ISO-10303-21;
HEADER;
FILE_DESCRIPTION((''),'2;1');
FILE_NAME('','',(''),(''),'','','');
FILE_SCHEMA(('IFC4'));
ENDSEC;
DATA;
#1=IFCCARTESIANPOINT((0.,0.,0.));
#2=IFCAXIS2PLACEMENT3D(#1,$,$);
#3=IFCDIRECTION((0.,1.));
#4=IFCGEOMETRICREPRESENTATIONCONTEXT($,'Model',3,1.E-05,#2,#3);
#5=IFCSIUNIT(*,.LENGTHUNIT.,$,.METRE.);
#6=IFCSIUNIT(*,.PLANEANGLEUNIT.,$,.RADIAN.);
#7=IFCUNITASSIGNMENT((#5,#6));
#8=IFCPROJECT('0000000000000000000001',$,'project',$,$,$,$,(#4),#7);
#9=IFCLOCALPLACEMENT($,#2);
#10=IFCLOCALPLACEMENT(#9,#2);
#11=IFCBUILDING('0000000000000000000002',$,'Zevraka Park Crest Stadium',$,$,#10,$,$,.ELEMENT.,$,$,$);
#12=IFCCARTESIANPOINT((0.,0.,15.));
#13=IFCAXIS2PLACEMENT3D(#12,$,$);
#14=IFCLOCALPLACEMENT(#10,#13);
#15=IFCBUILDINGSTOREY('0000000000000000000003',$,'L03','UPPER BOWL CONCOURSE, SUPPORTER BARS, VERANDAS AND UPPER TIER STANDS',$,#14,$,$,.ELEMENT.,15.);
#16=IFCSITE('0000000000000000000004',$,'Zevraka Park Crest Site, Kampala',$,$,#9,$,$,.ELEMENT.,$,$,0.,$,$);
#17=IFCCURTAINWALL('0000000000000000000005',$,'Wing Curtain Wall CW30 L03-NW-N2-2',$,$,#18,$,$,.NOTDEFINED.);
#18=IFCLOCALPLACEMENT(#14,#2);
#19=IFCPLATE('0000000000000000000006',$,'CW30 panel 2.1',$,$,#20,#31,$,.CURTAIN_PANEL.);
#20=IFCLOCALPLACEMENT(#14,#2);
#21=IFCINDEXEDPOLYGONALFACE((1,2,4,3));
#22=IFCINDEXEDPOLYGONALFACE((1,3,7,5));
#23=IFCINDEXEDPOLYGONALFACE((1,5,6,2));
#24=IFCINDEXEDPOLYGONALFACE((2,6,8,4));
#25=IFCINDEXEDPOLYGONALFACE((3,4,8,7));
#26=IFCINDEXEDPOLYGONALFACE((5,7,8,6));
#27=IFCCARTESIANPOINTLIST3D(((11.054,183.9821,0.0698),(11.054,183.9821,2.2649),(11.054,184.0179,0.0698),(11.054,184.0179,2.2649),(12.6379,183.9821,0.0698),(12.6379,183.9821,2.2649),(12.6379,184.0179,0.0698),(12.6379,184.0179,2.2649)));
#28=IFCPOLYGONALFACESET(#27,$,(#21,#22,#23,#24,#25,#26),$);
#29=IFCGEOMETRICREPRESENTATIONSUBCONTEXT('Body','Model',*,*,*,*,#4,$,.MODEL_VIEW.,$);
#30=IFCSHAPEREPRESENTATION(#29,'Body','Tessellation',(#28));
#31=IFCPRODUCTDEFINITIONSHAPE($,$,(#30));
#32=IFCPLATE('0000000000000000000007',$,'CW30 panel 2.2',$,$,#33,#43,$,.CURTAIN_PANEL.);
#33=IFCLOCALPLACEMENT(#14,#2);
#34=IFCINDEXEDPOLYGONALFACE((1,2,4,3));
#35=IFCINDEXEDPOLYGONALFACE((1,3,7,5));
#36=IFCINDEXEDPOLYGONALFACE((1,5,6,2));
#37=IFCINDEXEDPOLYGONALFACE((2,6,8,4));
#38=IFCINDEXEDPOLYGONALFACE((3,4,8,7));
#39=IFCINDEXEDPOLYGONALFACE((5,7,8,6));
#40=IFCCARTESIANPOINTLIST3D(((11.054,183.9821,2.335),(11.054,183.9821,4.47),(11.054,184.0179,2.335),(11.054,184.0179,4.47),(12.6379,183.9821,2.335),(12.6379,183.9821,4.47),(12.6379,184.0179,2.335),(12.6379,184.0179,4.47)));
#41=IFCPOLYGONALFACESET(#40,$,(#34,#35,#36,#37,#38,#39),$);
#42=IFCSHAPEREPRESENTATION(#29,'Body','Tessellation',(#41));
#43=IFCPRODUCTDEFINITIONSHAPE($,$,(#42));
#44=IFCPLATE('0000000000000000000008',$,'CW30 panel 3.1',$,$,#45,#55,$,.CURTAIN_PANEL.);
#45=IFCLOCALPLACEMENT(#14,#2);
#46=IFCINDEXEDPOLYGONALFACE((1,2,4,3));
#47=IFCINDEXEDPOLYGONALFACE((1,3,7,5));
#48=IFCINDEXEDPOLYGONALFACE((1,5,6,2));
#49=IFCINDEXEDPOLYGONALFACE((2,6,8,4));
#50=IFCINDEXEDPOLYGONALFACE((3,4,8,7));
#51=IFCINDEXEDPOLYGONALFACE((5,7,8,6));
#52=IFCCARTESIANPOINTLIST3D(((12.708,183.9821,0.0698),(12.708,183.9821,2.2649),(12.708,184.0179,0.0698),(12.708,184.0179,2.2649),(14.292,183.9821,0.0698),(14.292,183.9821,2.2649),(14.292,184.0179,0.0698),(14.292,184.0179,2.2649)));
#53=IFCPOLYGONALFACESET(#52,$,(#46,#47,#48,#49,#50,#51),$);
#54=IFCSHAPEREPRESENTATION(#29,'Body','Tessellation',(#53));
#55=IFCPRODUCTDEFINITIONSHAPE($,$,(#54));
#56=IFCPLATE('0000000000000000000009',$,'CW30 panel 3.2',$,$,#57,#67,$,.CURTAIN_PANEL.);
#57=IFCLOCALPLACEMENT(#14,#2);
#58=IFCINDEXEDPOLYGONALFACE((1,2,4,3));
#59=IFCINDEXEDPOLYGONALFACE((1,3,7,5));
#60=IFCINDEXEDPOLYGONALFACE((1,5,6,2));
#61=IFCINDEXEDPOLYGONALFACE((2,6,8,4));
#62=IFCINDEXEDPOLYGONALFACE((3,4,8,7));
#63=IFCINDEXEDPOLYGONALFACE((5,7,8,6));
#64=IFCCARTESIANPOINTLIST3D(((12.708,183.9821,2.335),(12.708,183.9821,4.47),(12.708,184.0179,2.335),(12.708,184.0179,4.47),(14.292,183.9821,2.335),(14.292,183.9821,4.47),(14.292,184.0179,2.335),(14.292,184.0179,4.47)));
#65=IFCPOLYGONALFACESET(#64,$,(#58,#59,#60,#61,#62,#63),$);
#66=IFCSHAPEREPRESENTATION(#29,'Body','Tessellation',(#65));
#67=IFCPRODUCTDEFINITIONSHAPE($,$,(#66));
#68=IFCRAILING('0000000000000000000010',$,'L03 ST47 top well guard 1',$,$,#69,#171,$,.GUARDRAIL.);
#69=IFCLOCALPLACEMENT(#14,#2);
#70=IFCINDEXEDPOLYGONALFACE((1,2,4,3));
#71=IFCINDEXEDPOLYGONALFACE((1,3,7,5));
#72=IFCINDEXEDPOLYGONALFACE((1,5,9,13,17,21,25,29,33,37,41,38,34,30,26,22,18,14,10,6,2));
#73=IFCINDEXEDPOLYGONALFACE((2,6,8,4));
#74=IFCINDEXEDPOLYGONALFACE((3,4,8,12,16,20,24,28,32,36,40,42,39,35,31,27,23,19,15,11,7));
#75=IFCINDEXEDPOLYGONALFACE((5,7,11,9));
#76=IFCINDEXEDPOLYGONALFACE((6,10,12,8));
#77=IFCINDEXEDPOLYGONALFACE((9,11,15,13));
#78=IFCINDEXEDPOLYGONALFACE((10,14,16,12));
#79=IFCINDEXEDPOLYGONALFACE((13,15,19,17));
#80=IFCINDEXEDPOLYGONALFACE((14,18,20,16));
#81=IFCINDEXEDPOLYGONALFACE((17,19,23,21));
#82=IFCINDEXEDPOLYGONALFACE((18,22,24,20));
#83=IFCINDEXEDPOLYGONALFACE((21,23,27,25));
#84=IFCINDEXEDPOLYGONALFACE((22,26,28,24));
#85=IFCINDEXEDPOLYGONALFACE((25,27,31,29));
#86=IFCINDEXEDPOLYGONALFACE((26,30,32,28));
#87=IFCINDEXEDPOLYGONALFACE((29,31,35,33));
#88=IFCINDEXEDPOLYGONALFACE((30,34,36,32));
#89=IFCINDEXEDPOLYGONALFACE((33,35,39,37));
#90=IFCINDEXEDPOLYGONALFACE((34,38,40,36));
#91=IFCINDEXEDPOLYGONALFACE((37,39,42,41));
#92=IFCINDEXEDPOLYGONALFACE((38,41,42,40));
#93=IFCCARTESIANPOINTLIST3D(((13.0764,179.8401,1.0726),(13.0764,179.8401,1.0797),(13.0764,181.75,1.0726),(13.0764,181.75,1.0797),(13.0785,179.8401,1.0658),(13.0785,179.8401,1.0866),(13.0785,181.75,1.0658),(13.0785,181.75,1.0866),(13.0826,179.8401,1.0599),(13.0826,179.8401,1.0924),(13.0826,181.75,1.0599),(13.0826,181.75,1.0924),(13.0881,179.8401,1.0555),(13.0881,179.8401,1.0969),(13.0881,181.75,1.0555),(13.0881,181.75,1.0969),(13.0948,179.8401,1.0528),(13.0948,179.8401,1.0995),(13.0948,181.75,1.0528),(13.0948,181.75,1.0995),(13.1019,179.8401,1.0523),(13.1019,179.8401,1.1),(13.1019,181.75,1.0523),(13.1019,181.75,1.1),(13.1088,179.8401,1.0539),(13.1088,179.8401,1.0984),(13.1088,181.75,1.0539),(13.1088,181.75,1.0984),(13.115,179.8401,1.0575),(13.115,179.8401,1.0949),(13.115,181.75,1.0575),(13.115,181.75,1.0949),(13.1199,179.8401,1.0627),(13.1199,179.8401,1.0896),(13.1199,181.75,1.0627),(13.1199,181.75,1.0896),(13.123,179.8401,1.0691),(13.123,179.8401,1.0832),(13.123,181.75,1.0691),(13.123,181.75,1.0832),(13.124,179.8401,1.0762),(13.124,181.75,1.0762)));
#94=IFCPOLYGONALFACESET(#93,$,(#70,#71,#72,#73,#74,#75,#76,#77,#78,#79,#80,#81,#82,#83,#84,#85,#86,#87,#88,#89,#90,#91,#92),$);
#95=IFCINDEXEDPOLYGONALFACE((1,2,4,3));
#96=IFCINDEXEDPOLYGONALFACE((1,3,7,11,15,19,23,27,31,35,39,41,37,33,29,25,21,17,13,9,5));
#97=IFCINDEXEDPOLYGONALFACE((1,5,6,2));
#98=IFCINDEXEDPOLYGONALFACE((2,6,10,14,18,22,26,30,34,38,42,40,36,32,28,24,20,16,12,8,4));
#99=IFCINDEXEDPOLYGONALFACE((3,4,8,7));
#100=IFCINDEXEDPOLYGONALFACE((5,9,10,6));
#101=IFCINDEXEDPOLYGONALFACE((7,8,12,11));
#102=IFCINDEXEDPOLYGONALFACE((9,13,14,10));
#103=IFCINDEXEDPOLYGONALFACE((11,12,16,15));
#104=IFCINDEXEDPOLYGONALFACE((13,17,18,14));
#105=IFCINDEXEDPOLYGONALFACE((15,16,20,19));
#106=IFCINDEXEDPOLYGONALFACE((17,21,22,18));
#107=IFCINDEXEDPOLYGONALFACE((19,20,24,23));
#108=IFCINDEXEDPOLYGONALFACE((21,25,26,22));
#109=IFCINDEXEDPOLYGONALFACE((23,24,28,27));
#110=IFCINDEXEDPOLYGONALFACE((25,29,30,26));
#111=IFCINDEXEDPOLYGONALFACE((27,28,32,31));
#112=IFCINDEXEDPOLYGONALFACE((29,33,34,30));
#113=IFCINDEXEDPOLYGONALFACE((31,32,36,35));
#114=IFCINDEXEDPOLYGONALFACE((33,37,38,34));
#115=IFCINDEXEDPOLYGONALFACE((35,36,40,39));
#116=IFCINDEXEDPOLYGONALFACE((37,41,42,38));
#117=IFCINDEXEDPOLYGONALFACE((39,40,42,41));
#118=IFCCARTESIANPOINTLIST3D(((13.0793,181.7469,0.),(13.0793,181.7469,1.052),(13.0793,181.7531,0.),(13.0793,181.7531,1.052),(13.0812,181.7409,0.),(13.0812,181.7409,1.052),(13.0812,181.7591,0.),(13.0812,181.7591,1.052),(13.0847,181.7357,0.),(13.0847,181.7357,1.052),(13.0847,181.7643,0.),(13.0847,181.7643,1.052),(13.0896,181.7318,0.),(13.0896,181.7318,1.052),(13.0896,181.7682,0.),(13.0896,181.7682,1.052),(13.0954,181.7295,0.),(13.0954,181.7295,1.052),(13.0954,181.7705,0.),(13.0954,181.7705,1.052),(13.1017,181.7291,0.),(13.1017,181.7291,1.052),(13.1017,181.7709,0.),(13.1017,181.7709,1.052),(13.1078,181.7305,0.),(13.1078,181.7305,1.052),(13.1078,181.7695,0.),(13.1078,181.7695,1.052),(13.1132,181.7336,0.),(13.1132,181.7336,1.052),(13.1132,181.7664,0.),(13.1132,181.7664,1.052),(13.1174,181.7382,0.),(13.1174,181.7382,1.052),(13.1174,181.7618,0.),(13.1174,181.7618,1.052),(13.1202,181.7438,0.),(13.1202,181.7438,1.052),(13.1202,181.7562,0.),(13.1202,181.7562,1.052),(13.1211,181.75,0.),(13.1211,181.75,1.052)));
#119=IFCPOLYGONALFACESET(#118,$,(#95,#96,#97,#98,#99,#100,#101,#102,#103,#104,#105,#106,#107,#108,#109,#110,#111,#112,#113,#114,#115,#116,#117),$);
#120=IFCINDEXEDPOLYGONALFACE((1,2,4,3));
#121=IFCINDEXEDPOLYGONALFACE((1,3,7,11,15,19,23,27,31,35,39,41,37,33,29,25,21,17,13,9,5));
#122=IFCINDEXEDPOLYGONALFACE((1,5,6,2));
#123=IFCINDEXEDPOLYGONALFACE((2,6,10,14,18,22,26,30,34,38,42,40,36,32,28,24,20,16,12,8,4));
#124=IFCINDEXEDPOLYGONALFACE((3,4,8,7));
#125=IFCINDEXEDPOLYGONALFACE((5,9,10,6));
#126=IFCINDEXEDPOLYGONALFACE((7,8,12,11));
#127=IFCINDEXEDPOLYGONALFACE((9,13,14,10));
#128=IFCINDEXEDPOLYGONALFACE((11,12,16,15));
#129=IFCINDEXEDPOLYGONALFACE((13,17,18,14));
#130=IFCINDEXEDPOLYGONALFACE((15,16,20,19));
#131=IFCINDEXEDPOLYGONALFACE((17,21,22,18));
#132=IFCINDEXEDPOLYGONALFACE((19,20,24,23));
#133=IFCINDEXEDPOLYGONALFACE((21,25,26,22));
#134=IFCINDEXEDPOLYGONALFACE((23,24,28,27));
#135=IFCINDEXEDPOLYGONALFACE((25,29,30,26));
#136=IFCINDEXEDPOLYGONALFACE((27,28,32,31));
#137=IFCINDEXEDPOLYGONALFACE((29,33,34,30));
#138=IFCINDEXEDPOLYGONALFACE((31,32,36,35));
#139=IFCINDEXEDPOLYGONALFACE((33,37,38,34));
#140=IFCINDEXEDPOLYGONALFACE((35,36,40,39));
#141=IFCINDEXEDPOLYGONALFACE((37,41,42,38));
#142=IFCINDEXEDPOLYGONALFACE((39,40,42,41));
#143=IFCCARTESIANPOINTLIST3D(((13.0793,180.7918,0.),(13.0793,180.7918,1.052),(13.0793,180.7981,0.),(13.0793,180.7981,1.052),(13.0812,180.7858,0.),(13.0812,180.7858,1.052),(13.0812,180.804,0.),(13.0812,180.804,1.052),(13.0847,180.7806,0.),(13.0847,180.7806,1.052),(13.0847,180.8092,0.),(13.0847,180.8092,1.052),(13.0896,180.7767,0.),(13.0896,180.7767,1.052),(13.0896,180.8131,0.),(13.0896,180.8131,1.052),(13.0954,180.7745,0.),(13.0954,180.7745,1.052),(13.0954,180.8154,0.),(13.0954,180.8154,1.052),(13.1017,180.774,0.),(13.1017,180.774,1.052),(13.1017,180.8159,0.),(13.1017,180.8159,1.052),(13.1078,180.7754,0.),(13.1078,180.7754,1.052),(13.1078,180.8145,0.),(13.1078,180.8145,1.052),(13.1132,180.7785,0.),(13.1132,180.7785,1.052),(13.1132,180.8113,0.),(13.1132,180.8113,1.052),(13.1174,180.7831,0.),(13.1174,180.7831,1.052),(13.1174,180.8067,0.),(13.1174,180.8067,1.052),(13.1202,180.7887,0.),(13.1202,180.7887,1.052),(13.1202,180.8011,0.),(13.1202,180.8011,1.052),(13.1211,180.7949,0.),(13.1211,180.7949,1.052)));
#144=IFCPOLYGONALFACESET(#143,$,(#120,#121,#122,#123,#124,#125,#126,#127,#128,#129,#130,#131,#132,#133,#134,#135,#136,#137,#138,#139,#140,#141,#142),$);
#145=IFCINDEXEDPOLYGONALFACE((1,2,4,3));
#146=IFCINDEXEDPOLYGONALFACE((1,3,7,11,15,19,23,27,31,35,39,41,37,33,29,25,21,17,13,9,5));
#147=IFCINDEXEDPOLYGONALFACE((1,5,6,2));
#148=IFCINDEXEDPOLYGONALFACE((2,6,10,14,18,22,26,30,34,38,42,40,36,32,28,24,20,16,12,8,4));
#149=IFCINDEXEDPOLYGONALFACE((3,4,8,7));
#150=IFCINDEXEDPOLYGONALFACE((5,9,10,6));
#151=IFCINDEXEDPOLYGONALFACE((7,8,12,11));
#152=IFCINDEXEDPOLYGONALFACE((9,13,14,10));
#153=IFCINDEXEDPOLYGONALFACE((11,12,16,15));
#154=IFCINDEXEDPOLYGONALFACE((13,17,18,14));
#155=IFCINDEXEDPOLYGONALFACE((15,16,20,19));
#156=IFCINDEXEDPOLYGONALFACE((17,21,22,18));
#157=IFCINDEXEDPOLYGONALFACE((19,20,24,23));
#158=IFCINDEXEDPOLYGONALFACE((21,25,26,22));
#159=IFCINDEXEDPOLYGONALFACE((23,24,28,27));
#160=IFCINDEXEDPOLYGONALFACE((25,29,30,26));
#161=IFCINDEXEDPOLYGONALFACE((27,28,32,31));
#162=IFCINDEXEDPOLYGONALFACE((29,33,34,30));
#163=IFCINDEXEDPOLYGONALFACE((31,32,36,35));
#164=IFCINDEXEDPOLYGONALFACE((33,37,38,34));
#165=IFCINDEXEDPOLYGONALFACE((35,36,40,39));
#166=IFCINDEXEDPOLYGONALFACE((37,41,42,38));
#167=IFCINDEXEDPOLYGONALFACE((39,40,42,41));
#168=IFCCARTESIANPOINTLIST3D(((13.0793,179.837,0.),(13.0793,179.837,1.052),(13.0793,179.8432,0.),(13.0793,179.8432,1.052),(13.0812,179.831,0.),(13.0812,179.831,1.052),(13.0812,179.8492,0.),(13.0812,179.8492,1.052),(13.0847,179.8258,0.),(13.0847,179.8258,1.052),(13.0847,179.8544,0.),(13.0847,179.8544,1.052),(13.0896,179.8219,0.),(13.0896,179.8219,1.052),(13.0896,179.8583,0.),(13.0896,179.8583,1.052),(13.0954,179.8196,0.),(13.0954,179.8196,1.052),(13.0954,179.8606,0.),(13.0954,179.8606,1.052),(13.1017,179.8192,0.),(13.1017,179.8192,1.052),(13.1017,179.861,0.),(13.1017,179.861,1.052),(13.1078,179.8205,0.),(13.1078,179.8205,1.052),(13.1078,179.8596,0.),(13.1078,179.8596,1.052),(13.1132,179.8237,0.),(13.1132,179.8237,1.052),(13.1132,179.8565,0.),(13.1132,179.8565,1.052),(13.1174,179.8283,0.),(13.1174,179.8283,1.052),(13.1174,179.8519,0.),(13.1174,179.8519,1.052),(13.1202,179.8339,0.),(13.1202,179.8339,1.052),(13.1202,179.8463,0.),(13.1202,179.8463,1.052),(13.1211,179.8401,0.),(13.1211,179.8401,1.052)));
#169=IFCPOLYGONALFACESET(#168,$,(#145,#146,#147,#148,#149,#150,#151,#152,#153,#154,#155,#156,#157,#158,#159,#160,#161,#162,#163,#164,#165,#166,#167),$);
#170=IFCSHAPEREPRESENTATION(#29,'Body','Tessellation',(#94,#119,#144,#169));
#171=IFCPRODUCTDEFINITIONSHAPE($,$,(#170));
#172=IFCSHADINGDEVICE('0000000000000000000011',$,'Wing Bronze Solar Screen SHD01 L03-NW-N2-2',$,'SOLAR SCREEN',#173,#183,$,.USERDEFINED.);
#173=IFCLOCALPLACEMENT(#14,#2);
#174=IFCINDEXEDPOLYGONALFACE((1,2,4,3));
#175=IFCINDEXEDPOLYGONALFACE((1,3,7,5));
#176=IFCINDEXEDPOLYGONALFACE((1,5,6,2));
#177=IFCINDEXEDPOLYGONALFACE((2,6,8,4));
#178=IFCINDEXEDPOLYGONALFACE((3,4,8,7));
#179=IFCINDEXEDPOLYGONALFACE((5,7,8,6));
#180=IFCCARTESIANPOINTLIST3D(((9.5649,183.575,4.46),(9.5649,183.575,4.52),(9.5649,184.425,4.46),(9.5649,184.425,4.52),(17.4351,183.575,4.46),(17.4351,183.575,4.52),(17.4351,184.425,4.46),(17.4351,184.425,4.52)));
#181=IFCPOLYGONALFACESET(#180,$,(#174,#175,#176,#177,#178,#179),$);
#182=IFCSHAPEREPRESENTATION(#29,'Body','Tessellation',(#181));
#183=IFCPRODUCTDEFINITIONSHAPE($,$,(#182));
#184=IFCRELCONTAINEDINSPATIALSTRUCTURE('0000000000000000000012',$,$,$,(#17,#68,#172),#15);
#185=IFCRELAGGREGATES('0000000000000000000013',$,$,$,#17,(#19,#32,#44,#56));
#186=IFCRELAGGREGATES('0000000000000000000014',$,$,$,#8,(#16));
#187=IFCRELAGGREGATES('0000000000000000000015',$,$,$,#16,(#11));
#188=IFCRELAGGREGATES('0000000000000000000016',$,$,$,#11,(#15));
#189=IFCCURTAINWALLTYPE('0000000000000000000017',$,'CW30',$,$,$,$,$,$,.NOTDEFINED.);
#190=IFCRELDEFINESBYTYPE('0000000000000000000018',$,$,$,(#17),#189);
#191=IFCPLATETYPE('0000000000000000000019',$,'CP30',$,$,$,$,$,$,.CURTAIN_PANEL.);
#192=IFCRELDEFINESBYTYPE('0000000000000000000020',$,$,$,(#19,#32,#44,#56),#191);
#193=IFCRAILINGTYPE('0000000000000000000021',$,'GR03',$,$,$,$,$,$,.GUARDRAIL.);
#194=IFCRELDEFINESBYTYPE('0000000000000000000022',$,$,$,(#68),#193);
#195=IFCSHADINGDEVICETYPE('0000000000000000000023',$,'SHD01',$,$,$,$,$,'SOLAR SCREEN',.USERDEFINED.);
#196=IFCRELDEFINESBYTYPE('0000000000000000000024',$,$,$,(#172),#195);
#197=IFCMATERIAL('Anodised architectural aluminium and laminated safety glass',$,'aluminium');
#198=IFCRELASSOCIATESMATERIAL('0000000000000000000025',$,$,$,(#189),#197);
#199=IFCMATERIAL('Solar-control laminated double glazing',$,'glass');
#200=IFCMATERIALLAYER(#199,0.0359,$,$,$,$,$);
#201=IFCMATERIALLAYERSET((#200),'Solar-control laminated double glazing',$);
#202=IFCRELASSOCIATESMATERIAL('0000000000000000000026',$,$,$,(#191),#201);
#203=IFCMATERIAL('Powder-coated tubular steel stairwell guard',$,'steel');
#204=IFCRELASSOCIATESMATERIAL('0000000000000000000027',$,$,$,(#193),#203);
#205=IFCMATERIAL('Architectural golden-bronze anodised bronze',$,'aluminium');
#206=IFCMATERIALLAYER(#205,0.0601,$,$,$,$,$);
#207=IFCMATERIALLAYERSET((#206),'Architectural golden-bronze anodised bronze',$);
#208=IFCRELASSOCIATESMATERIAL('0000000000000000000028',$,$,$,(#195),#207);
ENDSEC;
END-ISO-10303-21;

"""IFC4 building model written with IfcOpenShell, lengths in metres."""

from ifc_helpers import new_model, si_unit, direction, frame, origin, origin_2d, place, context, subcontext, project, spatial, rectangle, circle, extrude, material, layer, layer_set, type_object, element, aggregate, save


model = new_model("IFC4")

# Units and contexts
model_context = context("Model", 3, precision=1e-05, world=origin(), true_north=direction((0.0, 1.0)))
body_context = subcontext(model_context, "Body", "Model", "MODEL_VIEW")
ifc_project = project(units=[si_unit("LENGTHUNIT", "METRE"), si_unit("PLANEANGLEUNIT", "RADIAN")], contexts=[model_context])

# Site, building, storey
site_placement = place(None, origin())
site = spatial("IfcSite", under=ifc_project, at=site_placement, Name="Zevraka Park Crest Site, Kampala", CompositionType="ELEMENT", RefElevation=0.0)
building_placement = place(site_placement, origin())
building = spatial("IfcBuilding", under=site, at=building_placement, Name="Zevraka Park Crest Stadium", CompositionType="ELEMENT")
storey_placement = place(building_placement, frame((0.0, 0.0, 15.0)))
storey = spatial("IfcBuildingStorey", under=building, at=storey_placement, Name="L03", Description="UPPER BOWL CONCOURSE, SUPPORTER BARS, VERANDAS AND UPPER TIER STANDS", CompositionType="ELEMENT", Elevation=15.0)

# Curtain wall, plates
ifc_material_1 = material(Name="Anodised architectural aluminium and laminated safety glass", Category="aluminium")
curtain_wall_type = type_object("IfcCurtainWallType", Name="CW30", PredefinedType="NOTDEFINED", material=ifc_material_1)
curtain_wall_placement = place(storey_placement, origin())
curtain_wall = element("IfcCurtainWall", 1, at=curtain_wall_placement, inside=storey, type_object=curtain_wall_type, Name="Wing Curtain Wall CW30 L03-NW-N2-2", PredefinedType="NOTDEFINED")
ifc_material_2 = material(Name="Solar-control laminated double glazing", Category="glass")
ifc_layer_1 = layer(ifc_material_2, 0.0359)
ifc_layer_set_1 = layer_set([ifc_layer_1], Name="Solar-control laminated double glazing")
plate_type = type_object("IfcPlateType", Name="CP30", PredefinedType="CURTAIN_PANEL", material=ifc_layer_set_1)
plate_1_placement = place(storey_placement, frame((11.8459, 184.0, 0.0698), z_axis=(0.0, 0.0, 1.0), x_axis=(1.0, 0.0, 0.0)))
plate_1 = element("IfcPlate", 2, at=plate_1_placement, type_object=plate_type, Name="CW30 panel 2.1", PredefinedType="CURTAIN_PANEL", context=body_context, shape_type="SweptSolid", body=[
    extrude(rectangle(XDim=1.584, YDim=0.0359, at=origin_2d()), origin(), (0.0, 0.0, 1.0), 2.1951),
])
plate_2_placement = place(storey_placement, frame((11.8459, 184.0, 2.335), z_axis=(0.0, 0.0, 1.0), x_axis=(1.0, 0.0, 0.0)))
plate_2 = element("IfcPlate", 3, at=plate_2_placement, type_object=plate_type, Name="CW30 panel 2.2", PredefinedType="CURTAIN_PANEL", context=body_context, shape_type="SweptSolid", body=[
    extrude(rectangle(XDim=1.584, YDim=0.0359, at=origin_2d()), origin(), (0.0, 0.0, 1.0), 2.135),
])
plate_3_placement = place(storey_placement, frame((13.5, 184.0, 0.0698), z_axis=(0.0, 0.0, 1.0), x_axis=(1.0, 0.0, 0.0)))
plate_3 = element("IfcPlate", 4, at=plate_3_placement, type_object=plate_type, Name="CW30 panel 3.1", PredefinedType="CURTAIN_PANEL", context=body_context, shape_type="SweptSolid", body=[
    extrude(rectangle(XDim=1.584, YDim=0.0359, at=origin_2d()), origin(), (0.0, 0.0, 1.0), 2.1951),
])
plate_4_placement = place(storey_placement, frame((13.5, 184.0, 2.335), z_axis=(0.0, 0.0, 1.0), x_axis=(1.0, 0.0, 0.0)))
plate_4 = element("IfcPlate", 5, at=plate_4_placement, type_object=plate_type, Name="CW30 panel 3.2", PredefinedType="CURTAIN_PANEL", context=body_context, shape_type="SweptSolid", body=[
    extrude(rectangle(XDim=1.584, YDim=0.0359, at=origin_2d()), origin(), (0.0, 0.0, 1.0), 2.135),
])
aggregate(curtain_wall, [plate_1, plate_2, plate_3, plate_4])

# Railing
ifc_material_3 = material(Name="Powder-coated tubular steel stairwell guard", Category="steel")
railing_type = type_object("IfcRailingType", Name="GR03", PredefinedType="GUARDRAIL", material=ifc_material_3)
railing_placement = place(storey_placement, frame((13.1001, 181.75, 0.0)))
element("IfcRailing", 6, at=railing_placement, inside=storey, type_object=railing_type, Name="L03 ST47 top well guard 1", PredefinedType="GUARDRAIL", context=body_context, shape_type="SweptSolid", body=[
    extrude(circle(Radius=0.0239, at=origin_2d()), frame((0.0, 0.0, 1.0762), z_axis=(0.0, -1.0, 0.0), x_axis=(1.0, 0.0, 0.0)), (0.0, 0.0, 1.0), 1.9099),
    extrude(circle(Radius=0.021, at=origin_2d()), origin(), (0.0, 0.0, 1.0), 1.052),
    extrude(circle(Radius=0.021, at=origin_2d()), frame((0.0, -0.9551, 0.0)), (0.0, 0.0, 1.0), 1.052),
    extrude(circle(Radius=0.021, at=origin_2d()), frame((0.0, -1.9099, 0.0)), (0.0, 0.0, 1.0), 1.052),
])

# Shading device
ifc_material_4 = material(Name="Architectural golden-bronze anodised bronze", Category="aluminium")
ifc_layer_2 = layer(ifc_material_4, 0.0601)
ifc_layer_set_2 = layer_set([ifc_layer_2], Name="Architectural golden-bronze anodised bronze")
shading_device_type = type_object("IfcShadingDeviceType", Name="SHD01", ElementType="SOLAR SCREEN", PredefinedType="USERDEFINED", material=ifc_layer_set_2)
shading_device_placement = place(storey_placement, frame((13.5, 184.0, 4.46), z_axis=(0.0, 0.0, 1.0), x_axis=(1.0, 0.0, 0.0)))
element("IfcShadingDevice", 7, at=shading_device_placement, inside=storey, type_object=shading_device_type, Name="Wing Bronze Solar Screen SHD01 L03-NW-N2-2", ObjectType="SOLAR SCREEN", PredefinedType="USERDEFINED", context=body_context, shape_type="SweptSolid", body=[
    extrude(rectangle(XDim=7.8701, YDim=0.8501, at=origin_2d()), origin(), (0.0, 0.0, 1.0), 0.0601),
])

save(model, "model.ifc")
